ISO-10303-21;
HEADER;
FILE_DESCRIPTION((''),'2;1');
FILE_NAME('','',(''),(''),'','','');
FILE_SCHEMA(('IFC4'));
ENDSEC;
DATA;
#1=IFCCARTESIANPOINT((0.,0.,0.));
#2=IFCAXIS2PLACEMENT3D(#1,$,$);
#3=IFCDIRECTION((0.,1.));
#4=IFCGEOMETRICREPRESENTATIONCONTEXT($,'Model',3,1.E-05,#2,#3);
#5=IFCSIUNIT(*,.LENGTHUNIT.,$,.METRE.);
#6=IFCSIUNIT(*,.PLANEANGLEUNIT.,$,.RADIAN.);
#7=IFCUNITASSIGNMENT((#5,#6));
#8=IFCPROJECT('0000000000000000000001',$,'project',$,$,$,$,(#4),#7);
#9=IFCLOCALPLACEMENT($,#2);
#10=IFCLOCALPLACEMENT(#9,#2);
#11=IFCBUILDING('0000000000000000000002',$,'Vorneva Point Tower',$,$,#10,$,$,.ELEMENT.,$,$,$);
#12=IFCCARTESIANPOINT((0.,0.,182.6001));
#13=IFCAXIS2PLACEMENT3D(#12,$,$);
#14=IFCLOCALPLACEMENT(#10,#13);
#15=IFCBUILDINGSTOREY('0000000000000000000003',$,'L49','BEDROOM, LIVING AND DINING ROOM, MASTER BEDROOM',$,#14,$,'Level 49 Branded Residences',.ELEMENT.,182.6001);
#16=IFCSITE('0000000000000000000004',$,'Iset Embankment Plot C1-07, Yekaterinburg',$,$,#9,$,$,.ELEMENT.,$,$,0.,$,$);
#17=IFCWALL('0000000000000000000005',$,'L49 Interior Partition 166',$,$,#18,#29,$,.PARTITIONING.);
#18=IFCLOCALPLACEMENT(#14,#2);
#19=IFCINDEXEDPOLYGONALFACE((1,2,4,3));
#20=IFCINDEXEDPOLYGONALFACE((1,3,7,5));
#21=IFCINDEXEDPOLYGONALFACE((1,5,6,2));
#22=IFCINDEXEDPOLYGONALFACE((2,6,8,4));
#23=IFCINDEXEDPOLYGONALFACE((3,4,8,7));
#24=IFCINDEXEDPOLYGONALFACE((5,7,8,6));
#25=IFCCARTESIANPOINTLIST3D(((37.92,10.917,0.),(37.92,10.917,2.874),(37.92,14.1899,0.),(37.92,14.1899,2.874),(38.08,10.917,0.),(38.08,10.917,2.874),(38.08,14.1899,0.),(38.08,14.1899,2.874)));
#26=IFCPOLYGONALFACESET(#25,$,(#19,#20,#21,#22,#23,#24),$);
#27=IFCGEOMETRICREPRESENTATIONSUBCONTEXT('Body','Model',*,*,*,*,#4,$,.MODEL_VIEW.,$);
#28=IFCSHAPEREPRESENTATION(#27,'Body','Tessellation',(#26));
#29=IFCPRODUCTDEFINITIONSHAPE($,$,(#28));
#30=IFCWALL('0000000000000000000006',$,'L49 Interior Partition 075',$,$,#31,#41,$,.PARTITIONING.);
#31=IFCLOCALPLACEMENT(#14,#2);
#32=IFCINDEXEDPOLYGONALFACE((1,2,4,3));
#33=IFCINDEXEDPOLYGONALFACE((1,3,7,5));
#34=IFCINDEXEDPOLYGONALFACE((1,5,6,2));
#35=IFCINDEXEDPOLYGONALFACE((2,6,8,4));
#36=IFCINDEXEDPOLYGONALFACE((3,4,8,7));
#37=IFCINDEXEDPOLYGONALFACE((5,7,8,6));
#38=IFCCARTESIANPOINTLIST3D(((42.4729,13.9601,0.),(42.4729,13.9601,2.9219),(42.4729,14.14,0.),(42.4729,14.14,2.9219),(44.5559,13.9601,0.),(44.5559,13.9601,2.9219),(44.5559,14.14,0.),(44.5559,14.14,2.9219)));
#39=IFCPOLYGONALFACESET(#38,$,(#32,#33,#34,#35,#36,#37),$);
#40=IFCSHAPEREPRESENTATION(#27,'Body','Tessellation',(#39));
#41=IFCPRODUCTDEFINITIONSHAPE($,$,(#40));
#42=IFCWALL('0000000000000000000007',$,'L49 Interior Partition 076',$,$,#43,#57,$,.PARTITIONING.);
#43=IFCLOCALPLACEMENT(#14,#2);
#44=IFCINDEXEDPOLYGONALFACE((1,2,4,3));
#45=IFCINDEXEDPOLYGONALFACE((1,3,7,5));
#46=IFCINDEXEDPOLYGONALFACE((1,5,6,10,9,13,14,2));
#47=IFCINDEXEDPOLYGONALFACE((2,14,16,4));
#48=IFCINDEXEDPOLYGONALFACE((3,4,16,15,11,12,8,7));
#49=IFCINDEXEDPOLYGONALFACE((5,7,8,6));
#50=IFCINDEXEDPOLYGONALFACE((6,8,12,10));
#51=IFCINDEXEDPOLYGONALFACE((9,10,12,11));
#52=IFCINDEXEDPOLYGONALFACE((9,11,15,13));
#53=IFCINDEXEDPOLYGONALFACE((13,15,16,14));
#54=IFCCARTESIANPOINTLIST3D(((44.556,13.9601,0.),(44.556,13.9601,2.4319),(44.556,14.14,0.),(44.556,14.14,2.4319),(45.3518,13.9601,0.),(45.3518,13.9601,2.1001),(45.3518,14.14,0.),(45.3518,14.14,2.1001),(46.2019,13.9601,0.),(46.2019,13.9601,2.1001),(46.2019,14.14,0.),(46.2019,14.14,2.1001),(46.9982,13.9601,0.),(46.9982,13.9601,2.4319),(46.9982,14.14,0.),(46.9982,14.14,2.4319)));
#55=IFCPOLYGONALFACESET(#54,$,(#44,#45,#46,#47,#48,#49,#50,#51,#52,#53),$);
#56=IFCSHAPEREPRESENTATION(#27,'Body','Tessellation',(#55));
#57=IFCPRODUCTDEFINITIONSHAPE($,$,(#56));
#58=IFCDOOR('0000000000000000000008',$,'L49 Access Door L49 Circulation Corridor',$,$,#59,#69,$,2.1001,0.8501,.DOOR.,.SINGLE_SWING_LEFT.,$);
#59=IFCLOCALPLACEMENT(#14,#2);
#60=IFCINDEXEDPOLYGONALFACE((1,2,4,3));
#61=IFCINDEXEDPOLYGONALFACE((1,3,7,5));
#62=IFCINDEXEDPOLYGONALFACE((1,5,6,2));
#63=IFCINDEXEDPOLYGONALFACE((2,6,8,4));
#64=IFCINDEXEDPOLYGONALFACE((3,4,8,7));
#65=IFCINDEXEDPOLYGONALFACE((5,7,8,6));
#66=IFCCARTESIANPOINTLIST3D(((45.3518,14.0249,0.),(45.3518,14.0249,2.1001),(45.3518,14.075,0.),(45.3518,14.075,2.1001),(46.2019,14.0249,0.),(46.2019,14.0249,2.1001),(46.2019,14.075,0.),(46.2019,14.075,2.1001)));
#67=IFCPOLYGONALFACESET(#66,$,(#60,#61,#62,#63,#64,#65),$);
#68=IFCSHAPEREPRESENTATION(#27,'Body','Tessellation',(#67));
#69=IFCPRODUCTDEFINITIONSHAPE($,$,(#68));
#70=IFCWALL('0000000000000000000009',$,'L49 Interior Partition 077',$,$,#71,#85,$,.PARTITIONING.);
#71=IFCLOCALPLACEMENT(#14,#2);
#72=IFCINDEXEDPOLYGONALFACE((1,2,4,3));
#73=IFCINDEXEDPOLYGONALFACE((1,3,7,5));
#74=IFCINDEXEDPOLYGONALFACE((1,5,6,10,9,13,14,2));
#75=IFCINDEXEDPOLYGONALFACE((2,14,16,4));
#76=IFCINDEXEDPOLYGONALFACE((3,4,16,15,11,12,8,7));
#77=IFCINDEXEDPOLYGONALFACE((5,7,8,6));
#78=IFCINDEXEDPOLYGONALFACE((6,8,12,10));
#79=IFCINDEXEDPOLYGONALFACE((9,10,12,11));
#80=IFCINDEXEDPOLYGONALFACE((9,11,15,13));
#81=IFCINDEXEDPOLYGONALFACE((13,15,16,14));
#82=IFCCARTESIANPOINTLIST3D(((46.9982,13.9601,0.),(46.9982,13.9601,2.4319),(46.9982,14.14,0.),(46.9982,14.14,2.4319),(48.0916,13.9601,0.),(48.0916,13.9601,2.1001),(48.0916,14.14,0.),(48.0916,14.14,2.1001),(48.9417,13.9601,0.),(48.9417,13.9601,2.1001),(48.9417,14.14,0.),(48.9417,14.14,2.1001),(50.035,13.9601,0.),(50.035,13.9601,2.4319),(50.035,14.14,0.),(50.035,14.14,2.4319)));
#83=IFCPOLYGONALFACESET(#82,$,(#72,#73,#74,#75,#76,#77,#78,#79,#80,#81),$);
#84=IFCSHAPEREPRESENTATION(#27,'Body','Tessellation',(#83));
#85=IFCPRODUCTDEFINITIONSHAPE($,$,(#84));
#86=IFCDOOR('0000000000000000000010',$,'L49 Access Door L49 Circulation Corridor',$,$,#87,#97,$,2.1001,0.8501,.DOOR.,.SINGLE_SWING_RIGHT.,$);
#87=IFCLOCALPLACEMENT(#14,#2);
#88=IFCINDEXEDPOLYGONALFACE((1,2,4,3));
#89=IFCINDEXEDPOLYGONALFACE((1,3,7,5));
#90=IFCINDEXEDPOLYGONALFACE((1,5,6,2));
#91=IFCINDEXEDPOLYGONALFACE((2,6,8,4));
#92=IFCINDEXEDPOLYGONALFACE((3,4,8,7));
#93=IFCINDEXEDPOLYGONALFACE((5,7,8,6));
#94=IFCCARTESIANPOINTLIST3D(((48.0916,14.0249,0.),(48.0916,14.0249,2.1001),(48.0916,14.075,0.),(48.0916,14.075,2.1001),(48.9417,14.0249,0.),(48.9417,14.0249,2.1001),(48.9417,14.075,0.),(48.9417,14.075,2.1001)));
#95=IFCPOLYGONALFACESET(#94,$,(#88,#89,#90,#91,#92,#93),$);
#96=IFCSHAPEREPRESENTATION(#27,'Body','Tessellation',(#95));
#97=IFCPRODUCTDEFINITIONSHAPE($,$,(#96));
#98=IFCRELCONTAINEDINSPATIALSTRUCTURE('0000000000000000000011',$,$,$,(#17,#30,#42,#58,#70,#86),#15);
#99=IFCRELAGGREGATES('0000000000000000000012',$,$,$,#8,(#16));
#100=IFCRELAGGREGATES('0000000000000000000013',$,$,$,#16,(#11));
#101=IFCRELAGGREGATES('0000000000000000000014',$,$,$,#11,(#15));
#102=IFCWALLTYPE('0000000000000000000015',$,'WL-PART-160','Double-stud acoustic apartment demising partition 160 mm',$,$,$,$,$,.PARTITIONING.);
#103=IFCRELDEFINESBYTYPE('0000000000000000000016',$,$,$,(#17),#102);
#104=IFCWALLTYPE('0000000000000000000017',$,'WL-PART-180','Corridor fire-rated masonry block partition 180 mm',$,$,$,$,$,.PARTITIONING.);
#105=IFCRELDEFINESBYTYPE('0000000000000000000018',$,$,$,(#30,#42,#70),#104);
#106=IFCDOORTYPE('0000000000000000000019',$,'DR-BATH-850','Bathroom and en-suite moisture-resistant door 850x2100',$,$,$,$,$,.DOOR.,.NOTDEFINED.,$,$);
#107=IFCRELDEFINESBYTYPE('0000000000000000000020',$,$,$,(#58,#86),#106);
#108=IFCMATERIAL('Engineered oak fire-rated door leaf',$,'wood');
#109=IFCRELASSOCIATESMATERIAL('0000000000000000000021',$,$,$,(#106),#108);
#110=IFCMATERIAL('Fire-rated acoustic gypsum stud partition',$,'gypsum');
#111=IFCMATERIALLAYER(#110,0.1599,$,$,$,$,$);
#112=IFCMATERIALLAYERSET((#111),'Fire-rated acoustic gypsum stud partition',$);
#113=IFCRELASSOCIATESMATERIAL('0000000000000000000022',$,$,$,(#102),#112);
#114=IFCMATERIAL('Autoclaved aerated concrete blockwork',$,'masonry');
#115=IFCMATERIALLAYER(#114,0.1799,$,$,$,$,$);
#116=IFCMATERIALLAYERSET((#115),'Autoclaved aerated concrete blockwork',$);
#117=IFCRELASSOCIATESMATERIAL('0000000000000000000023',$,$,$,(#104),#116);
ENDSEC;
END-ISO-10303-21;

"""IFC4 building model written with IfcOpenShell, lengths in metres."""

from ifc_helpers import new_model, si_unit, direction, frame, frame_2d, origin, place, context, subcontext, project, spatial, rectangle, extrude, material, layer, layer_set, type_object, element, fill, save


model = new_model("IFC4")

# Units and contexts
model_context = context("Model", 3, precision=1e-05, world=origin(), true_north=direction((0.0, 1.0)))
body_context = subcontext(model_context, "Body", "Model", "MODEL_VIEW")
ifc_project = project(units=[si_unit("LENGTHUNIT", "METRE"), si_unit("PLANEANGLEUNIT", "RADIAN")], contexts=[model_context])

# Site, building, storey
site_placement = place(None, origin())
site = spatial("IfcSite", under=ifc_project, at=site_placement, Name="Iset Embankment Plot C1-07, Yekaterinburg", CompositionType="ELEMENT", RefElevation=0.0)
building_placement = place(site_placement, origin())
building = spatial("IfcBuilding", under=site, at=building_placement, Name="Vorneva Point Tower", CompositionType="ELEMENT")
storey_placement = place(building_placement, frame((0.0, 0.0, 182.6001)))
storey = spatial("IfcBuildingStorey", under=building, at=storey_placement, Name="L49", Description="BEDROOM, LIVING AND DINING ROOM, MASTER BEDROOM", LongName="Level 49 Branded Residences", CompositionType="ELEMENT", Elevation=182.6001)

# Shared definitions
ifc_material_1 = material(Name="Fire-rated acoustic gypsum stud partition", Category="gypsum")
ifc_material_2 = material(Name="Engineered oak fire-rated door leaf", Category="wood")
door_type_1 = type_object("IfcDoorType", Name="DR-BATH-850", Description="Bathroom and en-suite moisture-resistant door 850x2100", OperationType="NOTDEFINED", PredefinedType="DOOR", material=ifc_material_2)

# Wall
ifc_layer_1 = layer(ifc_material_1, 0.1599)
ifc_layer_set_1 = layer_set([ifc_layer_1], Name="Fire-rated acoustic gypsum stud partition")
wall_type_1 = type_object("IfcWallType", Name="WL-PART-160", Description="Double-stud acoustic apartment demising partition 160 mm", PredefinedType="PARTITIONING", material=ifc_layer_set_1)
wall_1_placement = place(storey_placement, frame((38.0, 10.917, 0.0), z_axis=(0.0, 0.0, 1.0), x_axis=(0.0, 1.0, 0.0)))
element("IfcWall", 1, at=wall_1_placement, inside=storey, type_object=wall_type_1, Name="L49 Interior Partition 166", PredefinedType="PARTITIONING", context=body_context, shape_type="SweptSolid", body=[
    extrude(rectangle(XDim=3.2729, YDim=0.1599, at=frame_2d((1.6365, 0.0))), origin(), (0.0, 0.0, 1.0), 2.874),
])

# Shared definitions
ifc_material_3 = material(Name="Autoclaved aerated concrete blockwork", Category="masonry")
ifc_layer_2 = layer(ifc_material_3, 0.1799)
ifc_layer_set_2 = layer_set([ifc_layer_2], Name="Autoclaved aerated concrete blockwork")
wall_type_2 = type_object("IfcWallType", Name="WL-PART-180", Description="Corridor fire-rated masonry block partition 180 mm", PredefinedType="PARTITIONING", material=ifc_layer_set_2)

# Wall
wall_2_placement = place(storey_placement, frame((42.4729, 14.05, 0.0), z_axis=(0.0, 0.0, 1.0), x_axis=(1.0, 0.0, 0.0)))
element("IfcWall", 2, at=wall_2_placement, inside=storey, type_object=wall_type_2, Name="L49 Interior Partition 075", PredefinedType="PARTITIONING", context=body_context, shape_type="SweptSolid", body=[
    extrude(rectangle(XDim=2.083, YDim=0.1799, at=frame_2d((1.0415, 0.0))), origin(), (0.0, 0.0, 1.0), 2.9219),
])

# Walls, openings, doors
wall_3_placement = place(storey_placement, frame((44.5559, 14.05, 0.0), z_axis=(0.0, 0.0, 1.0), x_axis=(1.0, 0.0, 0.0)))
wall_3 = element("IfcWall", 3, at=wall_3_placement, inside=storey, type_object=wall_type_2, Name="L49 Interior Partition 076", PredefinedType="PARTITIONING", context=body_context, shape_type="SweptSolid", body=[
    extrude(rectangle(XDim=2.4421, YDim=0.1799, at=frame_2d((1.2212, 0.0))), origin(), (0.0, 0.0, 1.0), 2.4319),
])
opening_1_placement = place(wall_3_placement, frame((0.7959, 0.0, 0.0)))
opening_1 = element("IfcOpeningElement", 4, at=opening_1_placement, cuts=wall_3, PredefinedType="OPENING", context=body_context, shape_type="SweptSolid", body=[
    extrude(rectangle(XDim=0.8501, YDim=2.1001, at=frame_2d((0.425, 1.05))), frame((0.0, 0.105, 0.0), z_axis=(0.0, -1.0, 0.0), x_axis=(1.0, 0.0, 0.0)), (0.0, 0.0, 1.0), 0.2097),
])
door_1_placement = place(opening_1_placement, origin())
door_1 = element("IfcDoor", 5, at=door_1_placement, inside=storey, type_object=door_type_1, Name="L49 Access Door L49 Circulation Corridor", OperationType="SINGLE_SWING_LEFT", OverallHeight=2.1001, OverallWidth=0.8501, PredefinedType="DOOR", context=body_context, shape_type="SweptSolid", body=[
    extrude(rectangle(XDim=0.8501, YDim=2.1001, at=frame_2d((0.425, 1.05))), frame((0.0, 0.0249, 0.0), z_axis=(0.0, -1.0, 0.0), x_axis=(1.0, 0.0, 0.0)), (0.0, 0.0, 1.0), 0.05),
])
fill(opening_1, door_1)
wall_4_placement = place(storey_placement, frame((46.998, 14.05, 0.0), z_axis=(0.0, 0.0, 1.0), x_axis=(1.0, 0.0, 0.0)))
wall_4 = element("IfcWall", 6, at=wall_4_placement, inside=storey, type_object=wall_type_2, Name="L49 Interior Partition 077", PredefinedType="PARTITIONING", context=body_context, shape_type="SweptSolid", body=[
    extrude(rectangle(XDim=3.0369, YDim=0.1799, at=frame_2d((1.5186, 0.0))), origin(), (0.0, 0.0, 1.0), 2.4319),
])
opening_2_placement = place(wall_4_placement, frame((1.0935, 0.0, 0.0)))
opening_2 = element("IfcOpeningElement", 7, at=opening_2_placement, cuts=wall_4, PredefinedType="OPENING", context=body_context, shape_type="SweptSolid", body=[
    extrude(rectangle(XDim=0.8501, YDim=2.1001, at=frame_2d((0.425, 1.05))), frame((0.0, 0.105, 0.0), z_axis=(0.0, -1.0, 0.0), x_axis=(1.0, 0.0, 0.0)), (0.0, 0.0, 1.0), 0.2097),
])
door_2_placement = place(opening_2_placement, origin())
door_2 = element("IfcDoor", 8, at=door_2_placement, inside=storey, type_object=door_type_1, Name="L49 Access Door L49 Circulation Corridor", OperationType="SINGLE_SWING_RIGHT", OverallHeight=2.1001, OverallWidth=0.8501, PredefinedType="DOOR", context=body_context, shape_type="SweptSolid", body=[
    extrude(rectangle(XDim=0.8501, YDim=2.1001, at=frame_2d((0.425, 1.05))), frame((0.0, 0.0249, 0.0), z_axis=(0.0, -1.0, 0.0), x_axis=(1.0, 0.0, 0.0)), (0.0, 0.0, 1.0), 0.05),
])
fill(opening_2, door_2)

save(model, "model.ifc")
